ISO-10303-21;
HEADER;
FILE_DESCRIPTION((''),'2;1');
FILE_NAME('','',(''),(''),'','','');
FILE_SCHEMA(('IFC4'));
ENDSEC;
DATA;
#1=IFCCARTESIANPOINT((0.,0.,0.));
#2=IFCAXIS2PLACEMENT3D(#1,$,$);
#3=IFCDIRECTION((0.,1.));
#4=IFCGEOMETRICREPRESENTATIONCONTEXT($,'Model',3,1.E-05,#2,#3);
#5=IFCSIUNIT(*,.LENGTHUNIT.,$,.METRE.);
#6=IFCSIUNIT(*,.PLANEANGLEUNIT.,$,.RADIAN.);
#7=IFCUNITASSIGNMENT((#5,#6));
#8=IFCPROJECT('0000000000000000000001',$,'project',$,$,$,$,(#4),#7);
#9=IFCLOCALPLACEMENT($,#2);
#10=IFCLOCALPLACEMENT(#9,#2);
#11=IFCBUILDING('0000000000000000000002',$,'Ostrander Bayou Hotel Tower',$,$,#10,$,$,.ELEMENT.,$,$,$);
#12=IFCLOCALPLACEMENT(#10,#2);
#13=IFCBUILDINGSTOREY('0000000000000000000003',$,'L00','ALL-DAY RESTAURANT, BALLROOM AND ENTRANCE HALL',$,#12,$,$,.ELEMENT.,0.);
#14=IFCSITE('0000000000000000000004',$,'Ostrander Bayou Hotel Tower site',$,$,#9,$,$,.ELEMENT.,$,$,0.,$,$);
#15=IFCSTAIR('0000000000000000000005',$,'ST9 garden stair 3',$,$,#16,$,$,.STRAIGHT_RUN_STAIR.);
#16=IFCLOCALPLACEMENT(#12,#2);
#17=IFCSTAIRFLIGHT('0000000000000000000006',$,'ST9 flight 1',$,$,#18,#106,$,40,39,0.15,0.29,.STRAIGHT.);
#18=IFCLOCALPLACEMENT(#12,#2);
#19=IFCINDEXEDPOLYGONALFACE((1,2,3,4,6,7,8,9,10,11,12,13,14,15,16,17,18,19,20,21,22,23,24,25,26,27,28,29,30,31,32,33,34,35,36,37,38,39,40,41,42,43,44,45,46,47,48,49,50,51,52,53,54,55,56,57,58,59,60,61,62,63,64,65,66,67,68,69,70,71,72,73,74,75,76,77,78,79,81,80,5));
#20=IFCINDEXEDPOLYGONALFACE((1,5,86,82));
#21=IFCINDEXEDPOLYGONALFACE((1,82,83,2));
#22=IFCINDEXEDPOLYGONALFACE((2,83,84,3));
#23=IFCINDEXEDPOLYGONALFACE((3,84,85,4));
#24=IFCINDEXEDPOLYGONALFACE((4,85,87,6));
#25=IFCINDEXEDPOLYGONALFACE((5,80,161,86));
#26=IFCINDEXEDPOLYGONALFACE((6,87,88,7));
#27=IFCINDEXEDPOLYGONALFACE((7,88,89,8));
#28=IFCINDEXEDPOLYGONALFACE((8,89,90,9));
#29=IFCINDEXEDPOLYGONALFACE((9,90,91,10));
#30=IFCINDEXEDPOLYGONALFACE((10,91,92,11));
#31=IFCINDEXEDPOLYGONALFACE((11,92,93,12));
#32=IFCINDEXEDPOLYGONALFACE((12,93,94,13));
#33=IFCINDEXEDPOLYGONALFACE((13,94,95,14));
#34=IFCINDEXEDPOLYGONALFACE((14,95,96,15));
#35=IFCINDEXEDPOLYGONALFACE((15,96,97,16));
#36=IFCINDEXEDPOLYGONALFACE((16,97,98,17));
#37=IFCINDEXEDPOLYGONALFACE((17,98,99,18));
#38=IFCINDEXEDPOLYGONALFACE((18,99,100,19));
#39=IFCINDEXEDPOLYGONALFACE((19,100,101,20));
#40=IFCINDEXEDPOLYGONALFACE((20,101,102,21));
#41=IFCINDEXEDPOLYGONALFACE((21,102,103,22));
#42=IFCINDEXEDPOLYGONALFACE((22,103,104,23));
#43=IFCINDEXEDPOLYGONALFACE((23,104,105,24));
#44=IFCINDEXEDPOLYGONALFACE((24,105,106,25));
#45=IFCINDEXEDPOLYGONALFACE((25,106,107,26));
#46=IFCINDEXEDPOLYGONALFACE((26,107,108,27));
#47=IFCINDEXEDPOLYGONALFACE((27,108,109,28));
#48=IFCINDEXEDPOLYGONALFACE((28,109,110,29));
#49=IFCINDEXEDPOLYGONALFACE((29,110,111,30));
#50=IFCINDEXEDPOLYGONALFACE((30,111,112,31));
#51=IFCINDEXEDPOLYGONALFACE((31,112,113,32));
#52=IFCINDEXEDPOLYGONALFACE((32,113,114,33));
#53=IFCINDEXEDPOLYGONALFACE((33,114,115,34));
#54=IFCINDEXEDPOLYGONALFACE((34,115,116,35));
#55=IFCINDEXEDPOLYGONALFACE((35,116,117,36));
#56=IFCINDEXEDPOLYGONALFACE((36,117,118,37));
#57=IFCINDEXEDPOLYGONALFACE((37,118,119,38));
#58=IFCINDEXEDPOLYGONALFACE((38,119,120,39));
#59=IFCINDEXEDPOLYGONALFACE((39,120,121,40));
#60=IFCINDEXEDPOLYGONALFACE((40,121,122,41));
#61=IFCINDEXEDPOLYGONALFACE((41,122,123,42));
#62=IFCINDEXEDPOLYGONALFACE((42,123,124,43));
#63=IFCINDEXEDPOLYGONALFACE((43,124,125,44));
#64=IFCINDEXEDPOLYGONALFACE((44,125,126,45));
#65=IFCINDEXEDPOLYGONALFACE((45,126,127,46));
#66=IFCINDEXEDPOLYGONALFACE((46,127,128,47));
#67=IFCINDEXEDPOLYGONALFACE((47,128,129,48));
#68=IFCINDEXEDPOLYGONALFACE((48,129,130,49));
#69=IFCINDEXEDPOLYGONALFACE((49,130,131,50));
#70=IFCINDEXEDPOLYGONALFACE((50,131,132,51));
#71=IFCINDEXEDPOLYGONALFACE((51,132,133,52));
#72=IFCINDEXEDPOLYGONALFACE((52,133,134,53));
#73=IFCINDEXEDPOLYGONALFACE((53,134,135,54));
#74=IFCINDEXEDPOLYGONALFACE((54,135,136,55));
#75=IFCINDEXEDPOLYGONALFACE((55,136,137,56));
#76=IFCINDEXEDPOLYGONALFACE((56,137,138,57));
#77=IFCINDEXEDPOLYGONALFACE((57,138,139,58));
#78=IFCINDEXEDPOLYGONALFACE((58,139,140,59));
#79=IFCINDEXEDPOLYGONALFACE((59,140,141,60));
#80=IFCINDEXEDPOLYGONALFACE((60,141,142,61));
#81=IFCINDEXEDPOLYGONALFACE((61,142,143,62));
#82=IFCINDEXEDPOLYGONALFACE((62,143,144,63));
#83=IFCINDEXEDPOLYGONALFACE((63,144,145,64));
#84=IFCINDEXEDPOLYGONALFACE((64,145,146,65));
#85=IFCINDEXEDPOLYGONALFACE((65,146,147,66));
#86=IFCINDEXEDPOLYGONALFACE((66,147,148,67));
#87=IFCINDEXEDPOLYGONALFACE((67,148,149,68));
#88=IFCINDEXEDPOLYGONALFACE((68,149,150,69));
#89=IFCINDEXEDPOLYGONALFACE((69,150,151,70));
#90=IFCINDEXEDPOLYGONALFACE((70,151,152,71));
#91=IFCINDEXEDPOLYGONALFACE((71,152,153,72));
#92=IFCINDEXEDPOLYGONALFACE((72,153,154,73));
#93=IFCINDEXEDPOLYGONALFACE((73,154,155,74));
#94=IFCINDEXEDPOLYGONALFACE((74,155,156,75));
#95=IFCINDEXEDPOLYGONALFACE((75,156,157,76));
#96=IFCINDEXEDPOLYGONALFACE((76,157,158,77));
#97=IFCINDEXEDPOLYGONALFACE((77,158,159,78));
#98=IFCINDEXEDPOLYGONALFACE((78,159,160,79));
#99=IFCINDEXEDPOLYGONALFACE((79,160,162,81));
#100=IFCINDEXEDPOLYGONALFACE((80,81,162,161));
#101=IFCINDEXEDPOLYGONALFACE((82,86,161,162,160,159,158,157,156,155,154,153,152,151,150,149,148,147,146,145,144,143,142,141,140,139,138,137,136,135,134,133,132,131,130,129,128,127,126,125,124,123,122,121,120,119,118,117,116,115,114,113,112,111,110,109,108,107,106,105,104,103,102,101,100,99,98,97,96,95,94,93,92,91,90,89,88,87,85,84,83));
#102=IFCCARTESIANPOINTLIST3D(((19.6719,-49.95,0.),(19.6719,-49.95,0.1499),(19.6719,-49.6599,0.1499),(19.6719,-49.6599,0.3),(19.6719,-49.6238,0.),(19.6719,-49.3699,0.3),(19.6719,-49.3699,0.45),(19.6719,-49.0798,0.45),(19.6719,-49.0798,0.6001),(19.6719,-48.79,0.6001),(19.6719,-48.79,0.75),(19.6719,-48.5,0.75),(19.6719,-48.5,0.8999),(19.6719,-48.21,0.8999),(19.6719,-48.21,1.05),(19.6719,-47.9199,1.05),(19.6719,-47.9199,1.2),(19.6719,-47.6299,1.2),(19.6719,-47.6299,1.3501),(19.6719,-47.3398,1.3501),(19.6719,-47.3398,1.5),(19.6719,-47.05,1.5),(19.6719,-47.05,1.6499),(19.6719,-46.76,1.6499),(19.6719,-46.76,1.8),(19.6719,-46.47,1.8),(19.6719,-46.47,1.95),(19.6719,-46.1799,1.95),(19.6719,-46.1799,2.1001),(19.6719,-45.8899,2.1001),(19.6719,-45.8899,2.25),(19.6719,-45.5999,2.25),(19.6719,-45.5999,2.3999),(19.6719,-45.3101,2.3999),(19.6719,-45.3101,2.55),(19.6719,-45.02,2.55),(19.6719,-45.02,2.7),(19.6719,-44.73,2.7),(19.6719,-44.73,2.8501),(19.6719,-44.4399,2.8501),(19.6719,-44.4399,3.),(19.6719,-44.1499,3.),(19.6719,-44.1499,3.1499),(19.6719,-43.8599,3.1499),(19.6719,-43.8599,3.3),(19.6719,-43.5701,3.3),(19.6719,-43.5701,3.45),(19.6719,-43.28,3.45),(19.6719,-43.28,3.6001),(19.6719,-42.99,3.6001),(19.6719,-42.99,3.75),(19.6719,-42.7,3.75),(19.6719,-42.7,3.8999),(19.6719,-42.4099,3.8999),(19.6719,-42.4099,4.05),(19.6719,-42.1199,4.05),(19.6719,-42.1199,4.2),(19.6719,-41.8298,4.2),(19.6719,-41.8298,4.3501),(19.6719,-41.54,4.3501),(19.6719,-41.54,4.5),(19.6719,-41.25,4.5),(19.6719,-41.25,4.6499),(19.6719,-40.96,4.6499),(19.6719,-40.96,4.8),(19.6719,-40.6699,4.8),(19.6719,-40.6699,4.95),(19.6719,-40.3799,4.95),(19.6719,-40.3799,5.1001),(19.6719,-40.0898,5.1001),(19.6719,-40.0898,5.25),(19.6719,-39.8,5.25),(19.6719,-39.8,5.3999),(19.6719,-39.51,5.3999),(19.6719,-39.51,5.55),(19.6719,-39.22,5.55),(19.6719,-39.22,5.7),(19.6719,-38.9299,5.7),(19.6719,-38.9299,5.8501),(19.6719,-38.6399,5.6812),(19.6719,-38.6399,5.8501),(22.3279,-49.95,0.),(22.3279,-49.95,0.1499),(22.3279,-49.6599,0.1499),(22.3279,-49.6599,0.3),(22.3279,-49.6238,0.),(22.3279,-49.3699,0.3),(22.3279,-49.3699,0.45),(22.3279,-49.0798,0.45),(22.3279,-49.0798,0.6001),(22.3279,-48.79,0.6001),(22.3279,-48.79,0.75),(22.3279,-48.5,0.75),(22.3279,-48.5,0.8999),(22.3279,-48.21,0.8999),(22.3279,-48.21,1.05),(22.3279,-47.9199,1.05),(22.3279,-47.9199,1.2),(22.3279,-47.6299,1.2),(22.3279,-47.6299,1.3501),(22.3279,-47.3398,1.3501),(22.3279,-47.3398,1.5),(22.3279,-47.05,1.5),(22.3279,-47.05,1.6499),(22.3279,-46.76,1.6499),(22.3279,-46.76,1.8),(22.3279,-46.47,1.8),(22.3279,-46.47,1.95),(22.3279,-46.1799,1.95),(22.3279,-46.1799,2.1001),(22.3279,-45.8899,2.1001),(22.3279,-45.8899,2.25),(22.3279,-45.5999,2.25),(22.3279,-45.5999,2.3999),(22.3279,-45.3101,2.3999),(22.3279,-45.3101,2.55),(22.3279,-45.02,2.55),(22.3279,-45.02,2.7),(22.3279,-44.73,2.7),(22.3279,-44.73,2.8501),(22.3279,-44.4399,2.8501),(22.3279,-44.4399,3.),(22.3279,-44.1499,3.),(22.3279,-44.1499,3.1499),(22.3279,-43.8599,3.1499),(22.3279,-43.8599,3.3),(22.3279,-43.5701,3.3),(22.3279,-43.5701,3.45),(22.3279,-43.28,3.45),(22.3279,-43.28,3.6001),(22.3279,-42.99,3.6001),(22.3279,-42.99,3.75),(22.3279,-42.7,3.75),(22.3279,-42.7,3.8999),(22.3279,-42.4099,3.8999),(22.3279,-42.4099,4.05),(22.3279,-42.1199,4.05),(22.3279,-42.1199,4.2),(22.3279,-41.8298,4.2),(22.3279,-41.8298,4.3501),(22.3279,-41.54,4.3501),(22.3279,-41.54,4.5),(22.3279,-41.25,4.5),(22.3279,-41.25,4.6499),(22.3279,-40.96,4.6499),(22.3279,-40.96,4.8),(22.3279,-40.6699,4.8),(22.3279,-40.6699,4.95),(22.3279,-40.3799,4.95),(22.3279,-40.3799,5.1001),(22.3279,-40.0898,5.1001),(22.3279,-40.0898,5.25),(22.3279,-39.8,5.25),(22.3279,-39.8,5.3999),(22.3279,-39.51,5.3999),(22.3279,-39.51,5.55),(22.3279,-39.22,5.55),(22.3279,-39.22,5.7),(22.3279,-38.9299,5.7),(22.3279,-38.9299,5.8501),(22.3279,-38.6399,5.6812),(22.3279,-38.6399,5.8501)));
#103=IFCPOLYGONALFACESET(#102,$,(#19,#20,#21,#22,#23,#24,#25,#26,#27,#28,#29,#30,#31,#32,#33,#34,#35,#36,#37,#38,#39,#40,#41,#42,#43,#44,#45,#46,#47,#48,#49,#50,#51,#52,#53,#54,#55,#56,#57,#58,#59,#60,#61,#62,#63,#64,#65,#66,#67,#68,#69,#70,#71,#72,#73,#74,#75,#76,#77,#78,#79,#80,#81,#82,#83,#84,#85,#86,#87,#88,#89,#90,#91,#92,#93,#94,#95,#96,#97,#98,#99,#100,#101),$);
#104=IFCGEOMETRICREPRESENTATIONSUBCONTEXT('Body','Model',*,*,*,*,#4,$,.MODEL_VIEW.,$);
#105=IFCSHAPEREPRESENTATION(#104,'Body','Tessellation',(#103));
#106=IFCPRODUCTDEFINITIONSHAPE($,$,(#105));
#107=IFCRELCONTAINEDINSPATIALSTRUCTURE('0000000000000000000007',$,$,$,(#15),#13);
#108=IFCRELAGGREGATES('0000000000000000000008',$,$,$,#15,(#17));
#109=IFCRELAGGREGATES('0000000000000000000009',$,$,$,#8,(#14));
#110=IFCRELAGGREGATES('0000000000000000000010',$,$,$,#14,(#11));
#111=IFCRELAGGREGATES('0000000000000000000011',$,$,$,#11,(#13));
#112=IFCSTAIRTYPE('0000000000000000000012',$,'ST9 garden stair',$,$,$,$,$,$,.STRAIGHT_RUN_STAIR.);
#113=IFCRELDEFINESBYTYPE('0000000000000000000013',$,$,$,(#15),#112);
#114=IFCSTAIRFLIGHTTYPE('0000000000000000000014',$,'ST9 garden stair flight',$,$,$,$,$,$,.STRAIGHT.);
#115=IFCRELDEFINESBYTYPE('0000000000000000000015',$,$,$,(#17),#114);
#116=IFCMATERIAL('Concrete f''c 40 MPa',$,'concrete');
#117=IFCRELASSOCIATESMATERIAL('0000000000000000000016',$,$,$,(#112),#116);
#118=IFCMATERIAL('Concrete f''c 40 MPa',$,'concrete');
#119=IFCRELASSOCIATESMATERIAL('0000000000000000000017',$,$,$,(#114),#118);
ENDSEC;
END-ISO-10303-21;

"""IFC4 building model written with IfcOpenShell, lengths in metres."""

from ifc_helpers import new_model, si_unit, direction, frame, origin, place, context, subcontext, project, spatial, polyline, outline, extrude, material, type_object, element, aggregate, save


model = new_model("IFC4")

# Units and contexts
model_context = context("Model", 3, precision=1e-05, world=origin(), true_north=direction((0.0, 1.0)))
body_context = subcontext(model_context, "Body", "Model", "MODEL_VIEW")
ifc_project = project(units=[si_unit("LENGTHUNIT", "METRE"), si_unit("PLANEANGLEUNIT", "RADIAN")], contexts=[model_context])

# Site, building, storey
site_placement = place(None, origin())
site = spatial("IfcSite", under=ifc_project, at=site_placement, Name="Ostrander Bayou Hotel Tower site", CompositionType="ELEMENT", RefElevation=0.0)
building_placement = place(site_placement, origin())
building = spatial("IfcBuilding", under=site, at=building_placement, Name="Ostrander Bayou Hotel Tower", CompositionType="ELEMENT")
storey_placement = place(building_placement, origin())
storey = spatial("IfcBuildingStorey", under=building, at=storey_placement, Name="L00", Description="ALL-DAY RESTAURANT, BALLROOM AND ENTRANCE HALL", CompositionType="ELEMENT", Elevation=0.0)

# Stair, stair flight
ifc_material_1 = material(Name="Concrete f'c 40 MPa", Category="concrete")
stair_type = type_object("IfcStairType", Name="ST9 garden stair", PredefinedType="STRAIGHT_RUN_STAIR", material=ifc_material_1)
stair_1_placement = place(storey_placement, origin())
stair_1 = element("IfcStair", 1, at=stair_1_placement, inside=storey, type_object=stair_type, Name="ST9 garden stair 3", PredefinedType="STRAIGHT_RUN_STAIR")
ifc_material_2 = material(Name="Concrete f'c 40 MPa", Category="concrete")
stair_flight_type = type_object("IfcStairFlightType", Name="ST9 garden stair flight", PredefinedType="STRAIGHT", material=ifc_material_2)
stair_flight_1_placement = place(storey_placement, frame((21.0, -49.95, 0.0), z_axis=(0.0, 0.0, 1.0), x_axis=(0.0, 1.0, 0.0)))
stair_flight_1 = element("IfcStairFlight", 2, at=stair_flight_1_placement, type_object=stair_flight_type, Name="ST9 flight 1", NumberOfRisers=40, NumberOfTreads=39, PredefinedType="STRAIGHT", RiserHeight=0.15, TreadLength=0.29, context=body_context, shape_type="SweptSolid", body=[
    extrude(outline(polyline([(0.0, 0.0), (0.0, 0.1499), (0.29, 0.1499), (0.29, 0.3), (0.5801, 0.3), (0.5801, 0.45), (0.8701, 0.45), (0.8701, 0.6001), (1.1599, 0.6001), (1.1599, 0.75), (1.45, 0.75), (1.45, 0.8999), (1.74, 0.8999), (1.74, 1.05), (2.03, 1.05), (2.03, 1.2), (2.3201, 1.2), (2.3201, 1.3501), (2.6101, 1.3501), (2.6101, 1.5), (2.8999, 1.5), (2.8999, 1.6499), (3.1899, 1.6499), (3.1899, 1.8), (3.48, 1.8), (3.48, 1.95), (3.77, 1.95), (3.77, 2.1001), (4.0601, 2.1001), (4.0601, 2.25), (4.3501, 2.25), (4.3501, 2.3999), (4.6399, 2.3999), (4.6399, 2.55), (4.9299, 2.55), (4.9299, 2.7), (5.22, 2.7), (5.22, 2.8501), (5.51, 2.8501), (5.51, 3.0), (5.8, 3.0), (5.8, 3.1499), (6.0901, 3.1499), (6.0901, 3.3), (6.3799, 3.3), (6.3799, 3.45), (6.6699, 3.45), (6.6699, 3.6001), (6.96, 3.6001), (6.96, 3.75), (7.25, 3.75), (7.25, 3.8999), (7.54, 3.8999), (7.54, 4.05), (7.8301, 4.05), (7.8301, 4.2), (8.1201, 4.2), (8.1201, 4.3501), (8.4099, 4.3501), (8.4099, 4.5), (8.7, 4.5), (8.7, 4.6499), (8.99, 4.6499), (8.99, 4.8), (9.28, 4.8), (9.28, 4.95), (9.5701, 4.95), (9.5701, 5.1001), (9.8601, 5.1001), (9.8601, 5.25), (10.1499, 5.25), (10.1499, 5.3999), (10.4399, 5.3999), (10.4399, 5.55), (10.73, 5.55), (10.73, 5.7), (11.02, 5.7), (11.02, 5.8501), (11.3101, 5.8501), (11.3101, 6.0), (11.3101, 5.6812), (0.3262, 0.0), (0.0, 0.0)])), frame((0.0, 1.3281, 0.0), z_axis=(0.0, -1.0, 0.0), x_axis=(1.0, 0.0, 0.0)), (0.0, 0.0, 1.0), 2.656),
])
aggregate(stair_1, [stair_flight_1])

save(model, "model.ifc")
